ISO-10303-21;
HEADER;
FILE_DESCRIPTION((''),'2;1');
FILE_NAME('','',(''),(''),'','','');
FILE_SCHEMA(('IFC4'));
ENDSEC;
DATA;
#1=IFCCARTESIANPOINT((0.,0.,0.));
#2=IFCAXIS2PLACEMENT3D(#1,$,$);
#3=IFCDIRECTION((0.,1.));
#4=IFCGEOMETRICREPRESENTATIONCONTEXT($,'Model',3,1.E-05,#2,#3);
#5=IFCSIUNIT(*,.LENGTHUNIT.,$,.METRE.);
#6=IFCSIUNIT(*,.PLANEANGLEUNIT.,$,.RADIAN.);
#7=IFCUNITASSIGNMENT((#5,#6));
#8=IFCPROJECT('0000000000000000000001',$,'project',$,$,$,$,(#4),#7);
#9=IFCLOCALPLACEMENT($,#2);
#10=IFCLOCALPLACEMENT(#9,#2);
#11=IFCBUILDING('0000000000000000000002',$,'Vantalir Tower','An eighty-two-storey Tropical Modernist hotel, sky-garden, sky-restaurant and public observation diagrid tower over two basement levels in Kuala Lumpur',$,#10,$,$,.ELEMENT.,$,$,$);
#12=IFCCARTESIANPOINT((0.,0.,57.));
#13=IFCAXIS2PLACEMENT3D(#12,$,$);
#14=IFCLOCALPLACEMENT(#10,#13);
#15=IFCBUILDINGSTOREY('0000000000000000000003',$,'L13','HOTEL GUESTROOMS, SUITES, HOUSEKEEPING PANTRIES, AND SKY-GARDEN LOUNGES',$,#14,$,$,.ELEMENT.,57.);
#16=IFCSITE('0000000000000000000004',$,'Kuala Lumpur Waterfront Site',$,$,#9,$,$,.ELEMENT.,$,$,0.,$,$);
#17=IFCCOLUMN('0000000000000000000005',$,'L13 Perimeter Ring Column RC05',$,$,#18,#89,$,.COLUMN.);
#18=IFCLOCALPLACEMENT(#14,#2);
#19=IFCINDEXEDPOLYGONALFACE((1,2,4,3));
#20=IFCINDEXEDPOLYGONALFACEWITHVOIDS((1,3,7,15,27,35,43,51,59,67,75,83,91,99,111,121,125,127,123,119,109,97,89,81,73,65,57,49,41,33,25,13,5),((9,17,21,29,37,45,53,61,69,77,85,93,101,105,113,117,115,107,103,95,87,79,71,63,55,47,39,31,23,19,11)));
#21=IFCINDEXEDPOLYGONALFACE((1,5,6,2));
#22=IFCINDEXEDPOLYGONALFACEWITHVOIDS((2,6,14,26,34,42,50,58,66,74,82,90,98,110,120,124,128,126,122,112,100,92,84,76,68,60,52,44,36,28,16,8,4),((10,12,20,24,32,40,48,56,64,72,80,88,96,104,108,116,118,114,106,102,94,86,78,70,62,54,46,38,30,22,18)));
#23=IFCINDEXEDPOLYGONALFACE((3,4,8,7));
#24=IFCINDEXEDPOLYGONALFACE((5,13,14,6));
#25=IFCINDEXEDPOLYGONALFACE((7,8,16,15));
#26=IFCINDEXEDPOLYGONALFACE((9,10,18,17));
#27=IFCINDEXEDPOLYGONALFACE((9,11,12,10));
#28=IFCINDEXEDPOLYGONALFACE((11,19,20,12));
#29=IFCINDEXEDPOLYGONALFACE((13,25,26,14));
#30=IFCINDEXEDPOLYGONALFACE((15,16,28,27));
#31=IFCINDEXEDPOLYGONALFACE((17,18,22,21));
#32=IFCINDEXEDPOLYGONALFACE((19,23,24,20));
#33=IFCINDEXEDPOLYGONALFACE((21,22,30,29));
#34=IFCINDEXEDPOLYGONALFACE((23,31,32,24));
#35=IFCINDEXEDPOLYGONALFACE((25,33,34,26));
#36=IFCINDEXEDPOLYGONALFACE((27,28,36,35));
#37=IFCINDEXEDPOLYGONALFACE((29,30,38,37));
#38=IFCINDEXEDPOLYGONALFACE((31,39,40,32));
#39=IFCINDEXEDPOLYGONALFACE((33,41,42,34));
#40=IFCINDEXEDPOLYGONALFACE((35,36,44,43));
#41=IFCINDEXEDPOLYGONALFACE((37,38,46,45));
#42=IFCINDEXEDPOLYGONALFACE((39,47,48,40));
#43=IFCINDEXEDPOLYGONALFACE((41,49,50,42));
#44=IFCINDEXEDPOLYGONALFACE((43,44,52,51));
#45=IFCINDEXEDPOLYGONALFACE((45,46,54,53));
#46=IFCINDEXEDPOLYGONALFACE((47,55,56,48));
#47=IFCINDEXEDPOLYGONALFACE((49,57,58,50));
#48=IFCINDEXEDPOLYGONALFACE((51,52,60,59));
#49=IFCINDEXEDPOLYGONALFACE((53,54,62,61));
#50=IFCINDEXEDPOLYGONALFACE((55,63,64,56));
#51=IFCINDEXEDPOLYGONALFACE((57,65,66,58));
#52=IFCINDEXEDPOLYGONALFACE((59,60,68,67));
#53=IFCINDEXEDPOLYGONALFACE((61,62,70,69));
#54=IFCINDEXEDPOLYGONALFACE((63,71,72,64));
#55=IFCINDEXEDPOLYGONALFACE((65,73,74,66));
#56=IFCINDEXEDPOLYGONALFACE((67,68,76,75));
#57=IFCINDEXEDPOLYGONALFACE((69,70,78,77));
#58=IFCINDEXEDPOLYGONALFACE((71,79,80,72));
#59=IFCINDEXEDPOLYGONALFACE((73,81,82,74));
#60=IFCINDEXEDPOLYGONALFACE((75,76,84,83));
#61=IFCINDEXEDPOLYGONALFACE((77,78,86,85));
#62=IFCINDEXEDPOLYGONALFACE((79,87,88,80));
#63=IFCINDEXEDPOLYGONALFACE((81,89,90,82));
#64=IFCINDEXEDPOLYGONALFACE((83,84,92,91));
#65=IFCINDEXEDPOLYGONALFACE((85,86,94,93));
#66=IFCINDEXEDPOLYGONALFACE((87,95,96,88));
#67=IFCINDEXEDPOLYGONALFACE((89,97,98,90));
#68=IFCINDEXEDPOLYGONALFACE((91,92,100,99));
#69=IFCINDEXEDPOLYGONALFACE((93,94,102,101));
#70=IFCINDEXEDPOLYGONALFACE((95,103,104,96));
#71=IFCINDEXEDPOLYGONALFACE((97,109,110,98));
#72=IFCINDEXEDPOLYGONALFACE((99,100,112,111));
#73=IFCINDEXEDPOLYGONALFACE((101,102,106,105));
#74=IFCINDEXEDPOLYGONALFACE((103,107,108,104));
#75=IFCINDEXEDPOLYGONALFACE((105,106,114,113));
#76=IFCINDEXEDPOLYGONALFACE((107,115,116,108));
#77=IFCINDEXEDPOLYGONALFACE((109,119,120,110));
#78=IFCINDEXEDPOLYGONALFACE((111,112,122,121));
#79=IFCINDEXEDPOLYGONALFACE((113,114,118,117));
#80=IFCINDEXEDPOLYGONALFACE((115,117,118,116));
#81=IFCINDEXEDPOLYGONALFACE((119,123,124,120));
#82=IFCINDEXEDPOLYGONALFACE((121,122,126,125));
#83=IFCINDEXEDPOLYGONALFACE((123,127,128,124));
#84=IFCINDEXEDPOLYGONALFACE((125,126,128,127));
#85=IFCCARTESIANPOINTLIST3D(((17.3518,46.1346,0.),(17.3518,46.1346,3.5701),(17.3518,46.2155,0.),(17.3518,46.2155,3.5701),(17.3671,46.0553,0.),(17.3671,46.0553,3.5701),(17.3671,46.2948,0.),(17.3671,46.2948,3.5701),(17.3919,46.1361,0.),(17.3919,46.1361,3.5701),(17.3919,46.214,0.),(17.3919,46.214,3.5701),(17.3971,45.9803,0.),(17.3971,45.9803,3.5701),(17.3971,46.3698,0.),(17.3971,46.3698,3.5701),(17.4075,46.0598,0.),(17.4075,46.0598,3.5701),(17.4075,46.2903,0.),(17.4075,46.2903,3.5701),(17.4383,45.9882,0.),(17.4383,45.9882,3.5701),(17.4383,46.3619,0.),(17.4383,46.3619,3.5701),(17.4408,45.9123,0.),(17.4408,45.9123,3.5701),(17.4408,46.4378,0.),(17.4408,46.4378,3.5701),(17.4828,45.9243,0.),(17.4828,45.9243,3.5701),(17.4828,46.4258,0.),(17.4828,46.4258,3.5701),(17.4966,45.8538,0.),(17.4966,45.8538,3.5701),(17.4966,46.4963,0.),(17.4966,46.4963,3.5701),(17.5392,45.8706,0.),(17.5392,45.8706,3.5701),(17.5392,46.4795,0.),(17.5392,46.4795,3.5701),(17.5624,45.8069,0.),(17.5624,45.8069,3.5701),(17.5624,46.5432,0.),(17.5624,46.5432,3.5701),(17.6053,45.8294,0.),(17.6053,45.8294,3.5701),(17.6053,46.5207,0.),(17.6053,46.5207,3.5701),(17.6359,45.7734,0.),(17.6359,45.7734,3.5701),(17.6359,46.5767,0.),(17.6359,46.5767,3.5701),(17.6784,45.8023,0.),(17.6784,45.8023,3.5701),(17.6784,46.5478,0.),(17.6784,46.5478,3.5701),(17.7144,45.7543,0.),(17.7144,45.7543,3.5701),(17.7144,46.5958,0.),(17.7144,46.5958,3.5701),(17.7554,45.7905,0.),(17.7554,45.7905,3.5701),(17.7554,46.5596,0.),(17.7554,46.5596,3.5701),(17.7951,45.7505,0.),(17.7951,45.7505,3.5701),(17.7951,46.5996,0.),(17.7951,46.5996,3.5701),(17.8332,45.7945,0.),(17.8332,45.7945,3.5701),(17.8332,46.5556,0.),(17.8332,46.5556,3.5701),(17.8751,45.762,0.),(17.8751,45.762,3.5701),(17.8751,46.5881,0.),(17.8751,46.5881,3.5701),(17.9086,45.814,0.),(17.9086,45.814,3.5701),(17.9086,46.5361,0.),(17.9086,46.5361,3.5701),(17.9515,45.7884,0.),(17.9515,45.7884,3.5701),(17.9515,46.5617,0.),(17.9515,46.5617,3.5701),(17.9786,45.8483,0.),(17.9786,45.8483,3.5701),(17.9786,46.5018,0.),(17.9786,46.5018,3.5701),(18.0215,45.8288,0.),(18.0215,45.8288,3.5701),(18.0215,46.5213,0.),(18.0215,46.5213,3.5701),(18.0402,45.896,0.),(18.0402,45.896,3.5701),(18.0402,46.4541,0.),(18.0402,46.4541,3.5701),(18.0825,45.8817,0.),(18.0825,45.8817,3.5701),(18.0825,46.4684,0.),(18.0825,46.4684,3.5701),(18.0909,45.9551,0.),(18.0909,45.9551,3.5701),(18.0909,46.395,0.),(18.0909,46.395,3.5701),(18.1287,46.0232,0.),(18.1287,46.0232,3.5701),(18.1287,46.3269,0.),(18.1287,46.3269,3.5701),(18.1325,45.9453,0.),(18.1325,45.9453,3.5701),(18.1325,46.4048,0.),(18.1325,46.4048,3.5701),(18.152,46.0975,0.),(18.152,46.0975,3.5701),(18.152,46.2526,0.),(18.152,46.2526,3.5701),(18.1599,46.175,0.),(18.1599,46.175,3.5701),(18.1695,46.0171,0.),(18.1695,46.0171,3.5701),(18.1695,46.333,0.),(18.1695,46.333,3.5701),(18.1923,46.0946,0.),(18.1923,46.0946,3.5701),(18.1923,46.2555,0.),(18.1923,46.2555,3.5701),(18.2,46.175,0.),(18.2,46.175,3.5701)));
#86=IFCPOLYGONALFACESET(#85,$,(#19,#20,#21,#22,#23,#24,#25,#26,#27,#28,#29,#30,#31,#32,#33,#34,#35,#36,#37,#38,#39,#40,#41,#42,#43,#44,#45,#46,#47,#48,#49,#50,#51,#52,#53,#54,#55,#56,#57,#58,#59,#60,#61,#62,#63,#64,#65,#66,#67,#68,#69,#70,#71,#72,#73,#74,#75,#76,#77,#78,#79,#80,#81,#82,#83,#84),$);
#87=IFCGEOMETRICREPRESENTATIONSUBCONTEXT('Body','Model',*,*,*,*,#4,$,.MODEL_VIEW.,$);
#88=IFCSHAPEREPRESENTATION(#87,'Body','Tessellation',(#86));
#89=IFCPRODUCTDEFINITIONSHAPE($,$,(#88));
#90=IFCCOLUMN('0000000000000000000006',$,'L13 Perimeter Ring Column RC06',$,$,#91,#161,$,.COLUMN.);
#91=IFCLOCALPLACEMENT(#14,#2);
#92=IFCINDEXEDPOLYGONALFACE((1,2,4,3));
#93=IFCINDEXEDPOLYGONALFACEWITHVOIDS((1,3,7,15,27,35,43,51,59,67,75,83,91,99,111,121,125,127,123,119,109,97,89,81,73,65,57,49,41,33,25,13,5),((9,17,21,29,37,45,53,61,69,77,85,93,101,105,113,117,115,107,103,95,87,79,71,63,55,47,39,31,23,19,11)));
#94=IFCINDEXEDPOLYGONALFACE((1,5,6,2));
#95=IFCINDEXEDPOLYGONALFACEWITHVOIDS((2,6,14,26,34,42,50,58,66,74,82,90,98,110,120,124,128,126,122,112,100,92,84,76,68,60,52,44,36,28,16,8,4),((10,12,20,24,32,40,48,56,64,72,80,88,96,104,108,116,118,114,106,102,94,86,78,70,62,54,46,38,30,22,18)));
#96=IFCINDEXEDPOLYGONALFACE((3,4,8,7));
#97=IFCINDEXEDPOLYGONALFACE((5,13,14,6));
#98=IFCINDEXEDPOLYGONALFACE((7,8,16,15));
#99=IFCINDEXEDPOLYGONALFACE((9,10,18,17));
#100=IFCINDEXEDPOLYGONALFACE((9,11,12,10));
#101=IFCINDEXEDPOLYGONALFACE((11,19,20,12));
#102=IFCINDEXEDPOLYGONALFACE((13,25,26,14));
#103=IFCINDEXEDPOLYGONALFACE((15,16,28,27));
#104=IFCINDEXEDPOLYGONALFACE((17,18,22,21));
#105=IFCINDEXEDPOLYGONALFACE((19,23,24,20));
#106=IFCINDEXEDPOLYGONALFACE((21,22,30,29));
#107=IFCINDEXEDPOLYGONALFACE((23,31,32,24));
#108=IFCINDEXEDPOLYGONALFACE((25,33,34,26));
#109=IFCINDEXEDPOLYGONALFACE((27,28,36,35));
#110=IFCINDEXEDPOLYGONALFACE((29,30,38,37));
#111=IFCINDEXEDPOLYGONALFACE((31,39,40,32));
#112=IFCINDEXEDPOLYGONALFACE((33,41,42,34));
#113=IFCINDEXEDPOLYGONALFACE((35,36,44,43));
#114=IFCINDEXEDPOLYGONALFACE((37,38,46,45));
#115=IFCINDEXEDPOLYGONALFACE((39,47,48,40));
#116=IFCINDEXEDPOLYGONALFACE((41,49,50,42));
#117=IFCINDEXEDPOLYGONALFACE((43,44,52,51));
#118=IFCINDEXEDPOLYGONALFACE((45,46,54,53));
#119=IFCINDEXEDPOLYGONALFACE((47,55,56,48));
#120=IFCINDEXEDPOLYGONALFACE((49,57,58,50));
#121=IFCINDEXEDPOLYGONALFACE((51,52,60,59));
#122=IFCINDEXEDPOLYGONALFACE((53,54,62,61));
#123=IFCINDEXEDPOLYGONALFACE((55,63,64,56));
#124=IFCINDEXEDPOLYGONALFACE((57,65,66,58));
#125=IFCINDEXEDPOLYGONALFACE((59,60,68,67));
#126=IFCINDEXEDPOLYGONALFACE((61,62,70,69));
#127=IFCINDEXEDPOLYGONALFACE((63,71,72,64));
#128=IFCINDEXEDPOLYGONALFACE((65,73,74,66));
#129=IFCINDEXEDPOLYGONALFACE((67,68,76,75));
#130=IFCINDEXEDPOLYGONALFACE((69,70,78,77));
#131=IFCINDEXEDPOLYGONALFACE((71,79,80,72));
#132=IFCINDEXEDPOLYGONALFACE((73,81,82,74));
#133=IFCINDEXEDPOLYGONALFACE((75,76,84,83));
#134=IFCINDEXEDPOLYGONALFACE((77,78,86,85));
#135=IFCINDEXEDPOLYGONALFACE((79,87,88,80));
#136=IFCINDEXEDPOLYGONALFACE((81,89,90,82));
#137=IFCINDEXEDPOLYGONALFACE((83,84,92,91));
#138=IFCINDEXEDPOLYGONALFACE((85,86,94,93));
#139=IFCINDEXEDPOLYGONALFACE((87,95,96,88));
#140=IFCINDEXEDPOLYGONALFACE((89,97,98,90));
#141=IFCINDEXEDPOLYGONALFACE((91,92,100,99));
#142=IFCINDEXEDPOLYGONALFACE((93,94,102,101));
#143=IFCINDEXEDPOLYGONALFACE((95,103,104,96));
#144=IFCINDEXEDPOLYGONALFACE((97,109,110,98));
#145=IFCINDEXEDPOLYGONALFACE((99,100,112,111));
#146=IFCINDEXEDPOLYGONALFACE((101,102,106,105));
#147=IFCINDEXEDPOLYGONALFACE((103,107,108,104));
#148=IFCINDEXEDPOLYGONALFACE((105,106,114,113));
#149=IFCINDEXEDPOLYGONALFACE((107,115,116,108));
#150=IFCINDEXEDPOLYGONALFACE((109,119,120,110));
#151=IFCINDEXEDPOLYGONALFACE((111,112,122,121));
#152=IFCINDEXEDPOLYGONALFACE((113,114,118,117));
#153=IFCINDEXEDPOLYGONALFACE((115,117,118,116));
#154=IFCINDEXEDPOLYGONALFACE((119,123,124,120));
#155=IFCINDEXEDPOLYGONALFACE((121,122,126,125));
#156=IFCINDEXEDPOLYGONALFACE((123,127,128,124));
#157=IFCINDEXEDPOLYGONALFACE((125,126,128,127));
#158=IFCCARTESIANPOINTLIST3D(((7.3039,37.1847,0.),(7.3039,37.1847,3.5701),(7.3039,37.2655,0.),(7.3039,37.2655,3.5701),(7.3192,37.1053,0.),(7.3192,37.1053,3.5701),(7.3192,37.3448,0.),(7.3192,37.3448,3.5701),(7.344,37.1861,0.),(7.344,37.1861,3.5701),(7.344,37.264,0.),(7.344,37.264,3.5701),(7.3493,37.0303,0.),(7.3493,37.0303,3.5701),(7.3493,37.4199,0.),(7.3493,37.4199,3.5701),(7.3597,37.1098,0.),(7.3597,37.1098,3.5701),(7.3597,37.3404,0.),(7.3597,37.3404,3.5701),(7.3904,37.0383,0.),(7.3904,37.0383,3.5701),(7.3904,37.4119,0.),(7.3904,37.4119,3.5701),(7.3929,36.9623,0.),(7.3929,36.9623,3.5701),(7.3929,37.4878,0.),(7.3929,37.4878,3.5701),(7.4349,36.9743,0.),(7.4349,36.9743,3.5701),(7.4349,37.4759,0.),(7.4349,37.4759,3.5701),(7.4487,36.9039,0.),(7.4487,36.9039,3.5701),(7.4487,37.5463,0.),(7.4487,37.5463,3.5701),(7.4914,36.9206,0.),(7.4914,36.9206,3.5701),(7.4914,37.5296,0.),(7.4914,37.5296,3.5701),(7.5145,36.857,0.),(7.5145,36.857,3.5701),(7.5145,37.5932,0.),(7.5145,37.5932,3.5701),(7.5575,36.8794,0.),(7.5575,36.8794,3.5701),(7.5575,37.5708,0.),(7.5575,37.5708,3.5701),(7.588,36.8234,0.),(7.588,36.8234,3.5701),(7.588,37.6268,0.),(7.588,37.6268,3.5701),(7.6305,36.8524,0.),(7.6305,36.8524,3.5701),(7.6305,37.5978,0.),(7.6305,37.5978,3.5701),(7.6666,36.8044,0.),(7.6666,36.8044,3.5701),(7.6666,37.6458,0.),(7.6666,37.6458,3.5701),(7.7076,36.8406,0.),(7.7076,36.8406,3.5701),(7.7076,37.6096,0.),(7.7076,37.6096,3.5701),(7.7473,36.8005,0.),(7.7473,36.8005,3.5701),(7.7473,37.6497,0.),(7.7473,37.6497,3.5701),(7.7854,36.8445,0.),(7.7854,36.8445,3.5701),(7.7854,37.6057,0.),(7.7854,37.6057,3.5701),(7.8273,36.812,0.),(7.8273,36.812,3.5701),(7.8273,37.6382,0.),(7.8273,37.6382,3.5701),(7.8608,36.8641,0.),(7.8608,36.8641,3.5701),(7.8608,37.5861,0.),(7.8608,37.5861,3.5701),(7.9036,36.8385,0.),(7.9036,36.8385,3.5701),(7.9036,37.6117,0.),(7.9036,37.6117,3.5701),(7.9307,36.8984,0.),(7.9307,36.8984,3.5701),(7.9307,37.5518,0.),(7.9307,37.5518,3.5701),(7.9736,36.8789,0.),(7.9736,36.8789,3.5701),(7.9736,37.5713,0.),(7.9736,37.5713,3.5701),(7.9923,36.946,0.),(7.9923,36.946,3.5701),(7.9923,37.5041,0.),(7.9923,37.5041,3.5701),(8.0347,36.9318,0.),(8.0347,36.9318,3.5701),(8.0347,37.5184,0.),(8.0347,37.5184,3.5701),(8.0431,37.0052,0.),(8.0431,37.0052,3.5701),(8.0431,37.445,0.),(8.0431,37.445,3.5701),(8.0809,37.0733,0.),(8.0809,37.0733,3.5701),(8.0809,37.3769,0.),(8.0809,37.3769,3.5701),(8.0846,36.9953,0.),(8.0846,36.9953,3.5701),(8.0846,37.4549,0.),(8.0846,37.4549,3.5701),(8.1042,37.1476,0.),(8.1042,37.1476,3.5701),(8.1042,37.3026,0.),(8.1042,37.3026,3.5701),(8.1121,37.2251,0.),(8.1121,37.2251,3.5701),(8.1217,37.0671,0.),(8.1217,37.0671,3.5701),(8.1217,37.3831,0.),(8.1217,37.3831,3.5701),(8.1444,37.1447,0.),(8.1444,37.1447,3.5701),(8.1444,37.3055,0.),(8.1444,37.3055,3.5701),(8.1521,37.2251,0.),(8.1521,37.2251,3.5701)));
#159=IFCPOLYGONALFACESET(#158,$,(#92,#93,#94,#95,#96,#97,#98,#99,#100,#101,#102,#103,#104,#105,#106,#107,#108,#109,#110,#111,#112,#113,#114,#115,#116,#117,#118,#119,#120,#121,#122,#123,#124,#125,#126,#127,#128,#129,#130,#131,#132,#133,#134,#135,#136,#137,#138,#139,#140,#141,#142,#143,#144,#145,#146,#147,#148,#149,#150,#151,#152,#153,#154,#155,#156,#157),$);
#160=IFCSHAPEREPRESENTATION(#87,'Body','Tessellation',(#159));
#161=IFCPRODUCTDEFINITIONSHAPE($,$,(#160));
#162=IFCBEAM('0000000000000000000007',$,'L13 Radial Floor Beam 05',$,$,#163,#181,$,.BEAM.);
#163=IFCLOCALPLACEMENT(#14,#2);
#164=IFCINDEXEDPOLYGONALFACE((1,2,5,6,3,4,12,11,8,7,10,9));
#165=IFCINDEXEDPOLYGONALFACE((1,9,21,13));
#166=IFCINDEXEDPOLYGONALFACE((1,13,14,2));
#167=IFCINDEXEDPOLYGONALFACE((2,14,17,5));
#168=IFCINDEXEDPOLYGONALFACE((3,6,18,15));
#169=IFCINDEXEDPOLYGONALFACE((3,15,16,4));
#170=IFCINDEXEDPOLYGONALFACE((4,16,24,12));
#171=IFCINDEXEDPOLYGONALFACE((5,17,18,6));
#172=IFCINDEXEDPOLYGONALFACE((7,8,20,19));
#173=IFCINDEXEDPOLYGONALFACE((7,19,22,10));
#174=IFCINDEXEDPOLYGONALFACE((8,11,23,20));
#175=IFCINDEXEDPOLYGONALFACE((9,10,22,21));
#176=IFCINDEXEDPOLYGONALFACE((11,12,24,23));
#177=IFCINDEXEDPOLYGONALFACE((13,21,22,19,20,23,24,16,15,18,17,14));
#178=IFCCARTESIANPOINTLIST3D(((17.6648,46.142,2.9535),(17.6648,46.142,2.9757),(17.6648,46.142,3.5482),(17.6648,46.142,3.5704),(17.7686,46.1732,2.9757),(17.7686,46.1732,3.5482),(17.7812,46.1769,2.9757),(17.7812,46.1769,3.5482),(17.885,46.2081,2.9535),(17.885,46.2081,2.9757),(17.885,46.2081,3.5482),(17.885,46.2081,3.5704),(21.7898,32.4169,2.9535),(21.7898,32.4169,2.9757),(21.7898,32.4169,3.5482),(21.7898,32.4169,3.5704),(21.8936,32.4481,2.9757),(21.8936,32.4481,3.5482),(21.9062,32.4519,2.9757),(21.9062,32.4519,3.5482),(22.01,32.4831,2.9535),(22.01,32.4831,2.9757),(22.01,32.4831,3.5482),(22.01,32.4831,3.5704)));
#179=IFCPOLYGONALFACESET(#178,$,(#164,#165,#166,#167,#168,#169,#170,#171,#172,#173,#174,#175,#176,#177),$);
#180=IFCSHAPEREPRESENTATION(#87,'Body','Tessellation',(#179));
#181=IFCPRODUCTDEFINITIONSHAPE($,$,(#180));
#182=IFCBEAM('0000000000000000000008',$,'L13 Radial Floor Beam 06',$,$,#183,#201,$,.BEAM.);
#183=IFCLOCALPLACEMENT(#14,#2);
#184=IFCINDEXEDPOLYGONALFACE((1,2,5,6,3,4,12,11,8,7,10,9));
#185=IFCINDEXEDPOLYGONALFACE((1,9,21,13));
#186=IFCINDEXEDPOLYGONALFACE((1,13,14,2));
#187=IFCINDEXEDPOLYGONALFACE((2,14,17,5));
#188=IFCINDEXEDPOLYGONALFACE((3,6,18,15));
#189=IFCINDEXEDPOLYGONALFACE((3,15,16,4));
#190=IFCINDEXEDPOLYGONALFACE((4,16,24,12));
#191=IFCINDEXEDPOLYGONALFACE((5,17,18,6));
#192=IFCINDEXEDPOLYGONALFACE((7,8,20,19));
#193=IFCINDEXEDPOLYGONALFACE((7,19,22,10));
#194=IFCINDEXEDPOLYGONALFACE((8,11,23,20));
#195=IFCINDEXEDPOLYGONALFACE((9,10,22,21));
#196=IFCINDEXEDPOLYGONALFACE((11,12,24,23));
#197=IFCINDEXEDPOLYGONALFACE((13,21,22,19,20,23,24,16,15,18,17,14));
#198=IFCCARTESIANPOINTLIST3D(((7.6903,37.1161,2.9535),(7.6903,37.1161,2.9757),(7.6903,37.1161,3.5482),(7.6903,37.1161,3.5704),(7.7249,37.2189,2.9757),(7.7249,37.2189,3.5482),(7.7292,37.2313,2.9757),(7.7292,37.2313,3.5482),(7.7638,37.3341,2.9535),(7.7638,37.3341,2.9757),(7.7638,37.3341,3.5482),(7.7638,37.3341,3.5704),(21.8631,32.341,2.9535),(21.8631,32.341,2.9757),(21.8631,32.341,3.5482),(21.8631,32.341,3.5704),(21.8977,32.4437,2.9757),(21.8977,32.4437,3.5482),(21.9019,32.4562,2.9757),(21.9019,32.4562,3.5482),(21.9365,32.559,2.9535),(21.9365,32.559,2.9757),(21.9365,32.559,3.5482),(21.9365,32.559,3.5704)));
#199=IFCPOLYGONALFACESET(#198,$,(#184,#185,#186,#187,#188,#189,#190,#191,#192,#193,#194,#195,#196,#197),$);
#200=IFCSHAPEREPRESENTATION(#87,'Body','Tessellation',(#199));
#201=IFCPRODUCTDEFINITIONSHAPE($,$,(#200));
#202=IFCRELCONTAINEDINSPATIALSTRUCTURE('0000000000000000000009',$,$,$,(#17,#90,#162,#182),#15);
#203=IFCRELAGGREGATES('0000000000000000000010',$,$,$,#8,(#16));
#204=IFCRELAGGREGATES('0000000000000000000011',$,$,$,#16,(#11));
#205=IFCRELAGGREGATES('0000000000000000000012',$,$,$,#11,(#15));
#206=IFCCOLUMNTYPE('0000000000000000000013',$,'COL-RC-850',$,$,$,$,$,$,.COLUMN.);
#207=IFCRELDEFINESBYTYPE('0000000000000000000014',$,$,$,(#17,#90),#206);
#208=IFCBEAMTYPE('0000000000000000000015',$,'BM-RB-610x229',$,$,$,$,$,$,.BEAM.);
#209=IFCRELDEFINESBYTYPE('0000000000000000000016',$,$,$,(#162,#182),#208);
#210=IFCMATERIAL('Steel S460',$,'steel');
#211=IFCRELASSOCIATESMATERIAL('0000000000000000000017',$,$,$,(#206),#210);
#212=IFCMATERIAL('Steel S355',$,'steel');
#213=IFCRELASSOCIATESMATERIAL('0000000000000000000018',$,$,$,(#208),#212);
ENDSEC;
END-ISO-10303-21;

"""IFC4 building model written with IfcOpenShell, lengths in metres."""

from ifc_helpers import new_model, si_unit, direction, frame, origin, origin_2d, place, context, subcontext, project, spatial, hollow_circle, i_section, extrude, material, material_profile, profile_set, type_object, element, save


model = new_model("IFC4")

# Units and contexts
model_context = context("Model", 3, precision=1e-05, world=origin(), true_north=direction((0.0, 1.0)))
body_context = subcontext(model_context, "Body", "Model", "MODEL_VIEW")
ifc_project = project(units=[si_unit("LENGTHUNIT", "METRE"), si_unit("PLANEANGLEUNIT", "RADIAN")], contexts=[model_context])

# Site, building, storey
site_placement = place(None, origin())
site = spatial("IfcSite", under=ifc_project, at=site_placement, Name="Kuala Lumpur Waterfront Site", CompositionType="ELEMENT", RefElevation=0.0)
building_placement = place(site_placement, origin())
building = spatial("IfcBuilding", under=site, at=building_placement, Name="Vantalir Tower", Description="An eighty-two-storey Tropical Modernist hotel, sky-garden, sky-restaurant and public observation diagrid tower over two basement levels in Kuala Lumpur", CompositionType="ELEMENT")
storey_placement = place(building_placement, frame((0.0, 0.0, 57.0)))
storey = spatial("IfcBuildingStorey", under=building, at=storey_placement, Name="L13", Description="HOTEL GUESTROOMS, SUITES, HOUSEKEEPING PANTRIES, AND SKY-GARDEN LOUNGES", CompositionType="ELEMENT", Elevation=57.0)

# Columns
ifc_material_1 = material(Name="Steel S460", Category="steel")
ifc_material_profile_1 = material_profile(ifc_material_1, hollow_circle(Radius=0.425, WallThickness=0.04, at=origin_2d()), Name="Steel S460")
ifc_profile_set_1 = profile_set([ifc_material_profile_1], Name="Steel S460")
column_type = type_object("IfcColumnType", Name="COL-RC-850", PredefinedType="COLUMN", material=ifc_profile_set_1)
for number, where, z_axis, x_axis, name in (
    (1, (17.7749, 46.175, 0.0), (0.0, 0.0, 1.0), (1.0, 0.0, 0.0), "L13 Perimeter Ring Column RC05"),
    (2, (7.7271, 37.2251, 0.0), (0.0, 0.0, 1.0), (1.0, 0.0, 0.0), "L13 Perimeter Ring Column RC06"),
):
    element("IfcColumn", number, at=place(storey_placement, frame(where, z_axis=z_axis, x_axis=x_axis)), inside=storey, type_object=column_type, Name=name, PredefinedType="COLUMN", context=body_context, shape_type="SweptSolid", body=[
        extrude(hollow_circle(Radius=0.425, WallThickness=0.04, at=origin_2d()), origin(), (0.0, 0.0, 1.0), 3.5701),
    ])

# Beams
ifc_material_2 = material(Name="Steel S355", Category="steel")
ifc_material_profile_2 = material_profile(ifc_material_2, i_section(OverallWidth=0.23, OverallDepth=0.6169, WebThickness=0.0132, FlangeThickness=0.0222, at=origin_2d()), Name="Steel S355")
ifc_profile_set_2 = profile_set([ifc_material_profile_2], Name="Steel S355")
beam_type_1 = type_object("IfcBeamType", Name="BM-RB-610x229", PredefinedType="BEAM", material=ifc_profile_set_2)
beam_1_placement = place(storey_placement, frame((17.7749, 46.175, 3.262), z_axis=(0.287826, -0.957683, 0.0), x_axis=(0.957683, 0.287826, 0.0)))
element("IfcBeam", 3, at=beam_1_placement, inside=storey, type_object=beam_type_1, Name="L13 Radial Floor Beam 05", PredefinedType="BEAM", context=body_context, shape_type="SweptSolid", body=[
    extrude(i_section(OverallWidth=0.23, OverallDepth=0.6169, WebThickness=0.0132, FlangeThickness=0.0222, at=origin_2d()), origin(), (0.0, 0.0, 1.0), 14.3315),
])
beam_2_placement = place(storey_placement, frame((7.7271, 37.2251, 3.262), z_axis=(0.947658, -0.319287, 0.0), x_axis=(0.319287, 0.947658, 0.0)))
element("IfcBeam", 4, at=beam_2_placement, inside=storey, type_object=beam_type_1, Name="L13 Radial Floor Beam 06", PredefinedType="BEAM", context=body_context, shape_type="SweptSolid", body=[
    extrude(i_section(OverallWidth=0.23, OverallDepth=0.6169, WebThickness=0.0132, FlangeThickness=0.0222, at=origin_2d()), origin(), (0.0, 0.0, 1.0), 14.9556),
])

save(model, "model.ifc")
